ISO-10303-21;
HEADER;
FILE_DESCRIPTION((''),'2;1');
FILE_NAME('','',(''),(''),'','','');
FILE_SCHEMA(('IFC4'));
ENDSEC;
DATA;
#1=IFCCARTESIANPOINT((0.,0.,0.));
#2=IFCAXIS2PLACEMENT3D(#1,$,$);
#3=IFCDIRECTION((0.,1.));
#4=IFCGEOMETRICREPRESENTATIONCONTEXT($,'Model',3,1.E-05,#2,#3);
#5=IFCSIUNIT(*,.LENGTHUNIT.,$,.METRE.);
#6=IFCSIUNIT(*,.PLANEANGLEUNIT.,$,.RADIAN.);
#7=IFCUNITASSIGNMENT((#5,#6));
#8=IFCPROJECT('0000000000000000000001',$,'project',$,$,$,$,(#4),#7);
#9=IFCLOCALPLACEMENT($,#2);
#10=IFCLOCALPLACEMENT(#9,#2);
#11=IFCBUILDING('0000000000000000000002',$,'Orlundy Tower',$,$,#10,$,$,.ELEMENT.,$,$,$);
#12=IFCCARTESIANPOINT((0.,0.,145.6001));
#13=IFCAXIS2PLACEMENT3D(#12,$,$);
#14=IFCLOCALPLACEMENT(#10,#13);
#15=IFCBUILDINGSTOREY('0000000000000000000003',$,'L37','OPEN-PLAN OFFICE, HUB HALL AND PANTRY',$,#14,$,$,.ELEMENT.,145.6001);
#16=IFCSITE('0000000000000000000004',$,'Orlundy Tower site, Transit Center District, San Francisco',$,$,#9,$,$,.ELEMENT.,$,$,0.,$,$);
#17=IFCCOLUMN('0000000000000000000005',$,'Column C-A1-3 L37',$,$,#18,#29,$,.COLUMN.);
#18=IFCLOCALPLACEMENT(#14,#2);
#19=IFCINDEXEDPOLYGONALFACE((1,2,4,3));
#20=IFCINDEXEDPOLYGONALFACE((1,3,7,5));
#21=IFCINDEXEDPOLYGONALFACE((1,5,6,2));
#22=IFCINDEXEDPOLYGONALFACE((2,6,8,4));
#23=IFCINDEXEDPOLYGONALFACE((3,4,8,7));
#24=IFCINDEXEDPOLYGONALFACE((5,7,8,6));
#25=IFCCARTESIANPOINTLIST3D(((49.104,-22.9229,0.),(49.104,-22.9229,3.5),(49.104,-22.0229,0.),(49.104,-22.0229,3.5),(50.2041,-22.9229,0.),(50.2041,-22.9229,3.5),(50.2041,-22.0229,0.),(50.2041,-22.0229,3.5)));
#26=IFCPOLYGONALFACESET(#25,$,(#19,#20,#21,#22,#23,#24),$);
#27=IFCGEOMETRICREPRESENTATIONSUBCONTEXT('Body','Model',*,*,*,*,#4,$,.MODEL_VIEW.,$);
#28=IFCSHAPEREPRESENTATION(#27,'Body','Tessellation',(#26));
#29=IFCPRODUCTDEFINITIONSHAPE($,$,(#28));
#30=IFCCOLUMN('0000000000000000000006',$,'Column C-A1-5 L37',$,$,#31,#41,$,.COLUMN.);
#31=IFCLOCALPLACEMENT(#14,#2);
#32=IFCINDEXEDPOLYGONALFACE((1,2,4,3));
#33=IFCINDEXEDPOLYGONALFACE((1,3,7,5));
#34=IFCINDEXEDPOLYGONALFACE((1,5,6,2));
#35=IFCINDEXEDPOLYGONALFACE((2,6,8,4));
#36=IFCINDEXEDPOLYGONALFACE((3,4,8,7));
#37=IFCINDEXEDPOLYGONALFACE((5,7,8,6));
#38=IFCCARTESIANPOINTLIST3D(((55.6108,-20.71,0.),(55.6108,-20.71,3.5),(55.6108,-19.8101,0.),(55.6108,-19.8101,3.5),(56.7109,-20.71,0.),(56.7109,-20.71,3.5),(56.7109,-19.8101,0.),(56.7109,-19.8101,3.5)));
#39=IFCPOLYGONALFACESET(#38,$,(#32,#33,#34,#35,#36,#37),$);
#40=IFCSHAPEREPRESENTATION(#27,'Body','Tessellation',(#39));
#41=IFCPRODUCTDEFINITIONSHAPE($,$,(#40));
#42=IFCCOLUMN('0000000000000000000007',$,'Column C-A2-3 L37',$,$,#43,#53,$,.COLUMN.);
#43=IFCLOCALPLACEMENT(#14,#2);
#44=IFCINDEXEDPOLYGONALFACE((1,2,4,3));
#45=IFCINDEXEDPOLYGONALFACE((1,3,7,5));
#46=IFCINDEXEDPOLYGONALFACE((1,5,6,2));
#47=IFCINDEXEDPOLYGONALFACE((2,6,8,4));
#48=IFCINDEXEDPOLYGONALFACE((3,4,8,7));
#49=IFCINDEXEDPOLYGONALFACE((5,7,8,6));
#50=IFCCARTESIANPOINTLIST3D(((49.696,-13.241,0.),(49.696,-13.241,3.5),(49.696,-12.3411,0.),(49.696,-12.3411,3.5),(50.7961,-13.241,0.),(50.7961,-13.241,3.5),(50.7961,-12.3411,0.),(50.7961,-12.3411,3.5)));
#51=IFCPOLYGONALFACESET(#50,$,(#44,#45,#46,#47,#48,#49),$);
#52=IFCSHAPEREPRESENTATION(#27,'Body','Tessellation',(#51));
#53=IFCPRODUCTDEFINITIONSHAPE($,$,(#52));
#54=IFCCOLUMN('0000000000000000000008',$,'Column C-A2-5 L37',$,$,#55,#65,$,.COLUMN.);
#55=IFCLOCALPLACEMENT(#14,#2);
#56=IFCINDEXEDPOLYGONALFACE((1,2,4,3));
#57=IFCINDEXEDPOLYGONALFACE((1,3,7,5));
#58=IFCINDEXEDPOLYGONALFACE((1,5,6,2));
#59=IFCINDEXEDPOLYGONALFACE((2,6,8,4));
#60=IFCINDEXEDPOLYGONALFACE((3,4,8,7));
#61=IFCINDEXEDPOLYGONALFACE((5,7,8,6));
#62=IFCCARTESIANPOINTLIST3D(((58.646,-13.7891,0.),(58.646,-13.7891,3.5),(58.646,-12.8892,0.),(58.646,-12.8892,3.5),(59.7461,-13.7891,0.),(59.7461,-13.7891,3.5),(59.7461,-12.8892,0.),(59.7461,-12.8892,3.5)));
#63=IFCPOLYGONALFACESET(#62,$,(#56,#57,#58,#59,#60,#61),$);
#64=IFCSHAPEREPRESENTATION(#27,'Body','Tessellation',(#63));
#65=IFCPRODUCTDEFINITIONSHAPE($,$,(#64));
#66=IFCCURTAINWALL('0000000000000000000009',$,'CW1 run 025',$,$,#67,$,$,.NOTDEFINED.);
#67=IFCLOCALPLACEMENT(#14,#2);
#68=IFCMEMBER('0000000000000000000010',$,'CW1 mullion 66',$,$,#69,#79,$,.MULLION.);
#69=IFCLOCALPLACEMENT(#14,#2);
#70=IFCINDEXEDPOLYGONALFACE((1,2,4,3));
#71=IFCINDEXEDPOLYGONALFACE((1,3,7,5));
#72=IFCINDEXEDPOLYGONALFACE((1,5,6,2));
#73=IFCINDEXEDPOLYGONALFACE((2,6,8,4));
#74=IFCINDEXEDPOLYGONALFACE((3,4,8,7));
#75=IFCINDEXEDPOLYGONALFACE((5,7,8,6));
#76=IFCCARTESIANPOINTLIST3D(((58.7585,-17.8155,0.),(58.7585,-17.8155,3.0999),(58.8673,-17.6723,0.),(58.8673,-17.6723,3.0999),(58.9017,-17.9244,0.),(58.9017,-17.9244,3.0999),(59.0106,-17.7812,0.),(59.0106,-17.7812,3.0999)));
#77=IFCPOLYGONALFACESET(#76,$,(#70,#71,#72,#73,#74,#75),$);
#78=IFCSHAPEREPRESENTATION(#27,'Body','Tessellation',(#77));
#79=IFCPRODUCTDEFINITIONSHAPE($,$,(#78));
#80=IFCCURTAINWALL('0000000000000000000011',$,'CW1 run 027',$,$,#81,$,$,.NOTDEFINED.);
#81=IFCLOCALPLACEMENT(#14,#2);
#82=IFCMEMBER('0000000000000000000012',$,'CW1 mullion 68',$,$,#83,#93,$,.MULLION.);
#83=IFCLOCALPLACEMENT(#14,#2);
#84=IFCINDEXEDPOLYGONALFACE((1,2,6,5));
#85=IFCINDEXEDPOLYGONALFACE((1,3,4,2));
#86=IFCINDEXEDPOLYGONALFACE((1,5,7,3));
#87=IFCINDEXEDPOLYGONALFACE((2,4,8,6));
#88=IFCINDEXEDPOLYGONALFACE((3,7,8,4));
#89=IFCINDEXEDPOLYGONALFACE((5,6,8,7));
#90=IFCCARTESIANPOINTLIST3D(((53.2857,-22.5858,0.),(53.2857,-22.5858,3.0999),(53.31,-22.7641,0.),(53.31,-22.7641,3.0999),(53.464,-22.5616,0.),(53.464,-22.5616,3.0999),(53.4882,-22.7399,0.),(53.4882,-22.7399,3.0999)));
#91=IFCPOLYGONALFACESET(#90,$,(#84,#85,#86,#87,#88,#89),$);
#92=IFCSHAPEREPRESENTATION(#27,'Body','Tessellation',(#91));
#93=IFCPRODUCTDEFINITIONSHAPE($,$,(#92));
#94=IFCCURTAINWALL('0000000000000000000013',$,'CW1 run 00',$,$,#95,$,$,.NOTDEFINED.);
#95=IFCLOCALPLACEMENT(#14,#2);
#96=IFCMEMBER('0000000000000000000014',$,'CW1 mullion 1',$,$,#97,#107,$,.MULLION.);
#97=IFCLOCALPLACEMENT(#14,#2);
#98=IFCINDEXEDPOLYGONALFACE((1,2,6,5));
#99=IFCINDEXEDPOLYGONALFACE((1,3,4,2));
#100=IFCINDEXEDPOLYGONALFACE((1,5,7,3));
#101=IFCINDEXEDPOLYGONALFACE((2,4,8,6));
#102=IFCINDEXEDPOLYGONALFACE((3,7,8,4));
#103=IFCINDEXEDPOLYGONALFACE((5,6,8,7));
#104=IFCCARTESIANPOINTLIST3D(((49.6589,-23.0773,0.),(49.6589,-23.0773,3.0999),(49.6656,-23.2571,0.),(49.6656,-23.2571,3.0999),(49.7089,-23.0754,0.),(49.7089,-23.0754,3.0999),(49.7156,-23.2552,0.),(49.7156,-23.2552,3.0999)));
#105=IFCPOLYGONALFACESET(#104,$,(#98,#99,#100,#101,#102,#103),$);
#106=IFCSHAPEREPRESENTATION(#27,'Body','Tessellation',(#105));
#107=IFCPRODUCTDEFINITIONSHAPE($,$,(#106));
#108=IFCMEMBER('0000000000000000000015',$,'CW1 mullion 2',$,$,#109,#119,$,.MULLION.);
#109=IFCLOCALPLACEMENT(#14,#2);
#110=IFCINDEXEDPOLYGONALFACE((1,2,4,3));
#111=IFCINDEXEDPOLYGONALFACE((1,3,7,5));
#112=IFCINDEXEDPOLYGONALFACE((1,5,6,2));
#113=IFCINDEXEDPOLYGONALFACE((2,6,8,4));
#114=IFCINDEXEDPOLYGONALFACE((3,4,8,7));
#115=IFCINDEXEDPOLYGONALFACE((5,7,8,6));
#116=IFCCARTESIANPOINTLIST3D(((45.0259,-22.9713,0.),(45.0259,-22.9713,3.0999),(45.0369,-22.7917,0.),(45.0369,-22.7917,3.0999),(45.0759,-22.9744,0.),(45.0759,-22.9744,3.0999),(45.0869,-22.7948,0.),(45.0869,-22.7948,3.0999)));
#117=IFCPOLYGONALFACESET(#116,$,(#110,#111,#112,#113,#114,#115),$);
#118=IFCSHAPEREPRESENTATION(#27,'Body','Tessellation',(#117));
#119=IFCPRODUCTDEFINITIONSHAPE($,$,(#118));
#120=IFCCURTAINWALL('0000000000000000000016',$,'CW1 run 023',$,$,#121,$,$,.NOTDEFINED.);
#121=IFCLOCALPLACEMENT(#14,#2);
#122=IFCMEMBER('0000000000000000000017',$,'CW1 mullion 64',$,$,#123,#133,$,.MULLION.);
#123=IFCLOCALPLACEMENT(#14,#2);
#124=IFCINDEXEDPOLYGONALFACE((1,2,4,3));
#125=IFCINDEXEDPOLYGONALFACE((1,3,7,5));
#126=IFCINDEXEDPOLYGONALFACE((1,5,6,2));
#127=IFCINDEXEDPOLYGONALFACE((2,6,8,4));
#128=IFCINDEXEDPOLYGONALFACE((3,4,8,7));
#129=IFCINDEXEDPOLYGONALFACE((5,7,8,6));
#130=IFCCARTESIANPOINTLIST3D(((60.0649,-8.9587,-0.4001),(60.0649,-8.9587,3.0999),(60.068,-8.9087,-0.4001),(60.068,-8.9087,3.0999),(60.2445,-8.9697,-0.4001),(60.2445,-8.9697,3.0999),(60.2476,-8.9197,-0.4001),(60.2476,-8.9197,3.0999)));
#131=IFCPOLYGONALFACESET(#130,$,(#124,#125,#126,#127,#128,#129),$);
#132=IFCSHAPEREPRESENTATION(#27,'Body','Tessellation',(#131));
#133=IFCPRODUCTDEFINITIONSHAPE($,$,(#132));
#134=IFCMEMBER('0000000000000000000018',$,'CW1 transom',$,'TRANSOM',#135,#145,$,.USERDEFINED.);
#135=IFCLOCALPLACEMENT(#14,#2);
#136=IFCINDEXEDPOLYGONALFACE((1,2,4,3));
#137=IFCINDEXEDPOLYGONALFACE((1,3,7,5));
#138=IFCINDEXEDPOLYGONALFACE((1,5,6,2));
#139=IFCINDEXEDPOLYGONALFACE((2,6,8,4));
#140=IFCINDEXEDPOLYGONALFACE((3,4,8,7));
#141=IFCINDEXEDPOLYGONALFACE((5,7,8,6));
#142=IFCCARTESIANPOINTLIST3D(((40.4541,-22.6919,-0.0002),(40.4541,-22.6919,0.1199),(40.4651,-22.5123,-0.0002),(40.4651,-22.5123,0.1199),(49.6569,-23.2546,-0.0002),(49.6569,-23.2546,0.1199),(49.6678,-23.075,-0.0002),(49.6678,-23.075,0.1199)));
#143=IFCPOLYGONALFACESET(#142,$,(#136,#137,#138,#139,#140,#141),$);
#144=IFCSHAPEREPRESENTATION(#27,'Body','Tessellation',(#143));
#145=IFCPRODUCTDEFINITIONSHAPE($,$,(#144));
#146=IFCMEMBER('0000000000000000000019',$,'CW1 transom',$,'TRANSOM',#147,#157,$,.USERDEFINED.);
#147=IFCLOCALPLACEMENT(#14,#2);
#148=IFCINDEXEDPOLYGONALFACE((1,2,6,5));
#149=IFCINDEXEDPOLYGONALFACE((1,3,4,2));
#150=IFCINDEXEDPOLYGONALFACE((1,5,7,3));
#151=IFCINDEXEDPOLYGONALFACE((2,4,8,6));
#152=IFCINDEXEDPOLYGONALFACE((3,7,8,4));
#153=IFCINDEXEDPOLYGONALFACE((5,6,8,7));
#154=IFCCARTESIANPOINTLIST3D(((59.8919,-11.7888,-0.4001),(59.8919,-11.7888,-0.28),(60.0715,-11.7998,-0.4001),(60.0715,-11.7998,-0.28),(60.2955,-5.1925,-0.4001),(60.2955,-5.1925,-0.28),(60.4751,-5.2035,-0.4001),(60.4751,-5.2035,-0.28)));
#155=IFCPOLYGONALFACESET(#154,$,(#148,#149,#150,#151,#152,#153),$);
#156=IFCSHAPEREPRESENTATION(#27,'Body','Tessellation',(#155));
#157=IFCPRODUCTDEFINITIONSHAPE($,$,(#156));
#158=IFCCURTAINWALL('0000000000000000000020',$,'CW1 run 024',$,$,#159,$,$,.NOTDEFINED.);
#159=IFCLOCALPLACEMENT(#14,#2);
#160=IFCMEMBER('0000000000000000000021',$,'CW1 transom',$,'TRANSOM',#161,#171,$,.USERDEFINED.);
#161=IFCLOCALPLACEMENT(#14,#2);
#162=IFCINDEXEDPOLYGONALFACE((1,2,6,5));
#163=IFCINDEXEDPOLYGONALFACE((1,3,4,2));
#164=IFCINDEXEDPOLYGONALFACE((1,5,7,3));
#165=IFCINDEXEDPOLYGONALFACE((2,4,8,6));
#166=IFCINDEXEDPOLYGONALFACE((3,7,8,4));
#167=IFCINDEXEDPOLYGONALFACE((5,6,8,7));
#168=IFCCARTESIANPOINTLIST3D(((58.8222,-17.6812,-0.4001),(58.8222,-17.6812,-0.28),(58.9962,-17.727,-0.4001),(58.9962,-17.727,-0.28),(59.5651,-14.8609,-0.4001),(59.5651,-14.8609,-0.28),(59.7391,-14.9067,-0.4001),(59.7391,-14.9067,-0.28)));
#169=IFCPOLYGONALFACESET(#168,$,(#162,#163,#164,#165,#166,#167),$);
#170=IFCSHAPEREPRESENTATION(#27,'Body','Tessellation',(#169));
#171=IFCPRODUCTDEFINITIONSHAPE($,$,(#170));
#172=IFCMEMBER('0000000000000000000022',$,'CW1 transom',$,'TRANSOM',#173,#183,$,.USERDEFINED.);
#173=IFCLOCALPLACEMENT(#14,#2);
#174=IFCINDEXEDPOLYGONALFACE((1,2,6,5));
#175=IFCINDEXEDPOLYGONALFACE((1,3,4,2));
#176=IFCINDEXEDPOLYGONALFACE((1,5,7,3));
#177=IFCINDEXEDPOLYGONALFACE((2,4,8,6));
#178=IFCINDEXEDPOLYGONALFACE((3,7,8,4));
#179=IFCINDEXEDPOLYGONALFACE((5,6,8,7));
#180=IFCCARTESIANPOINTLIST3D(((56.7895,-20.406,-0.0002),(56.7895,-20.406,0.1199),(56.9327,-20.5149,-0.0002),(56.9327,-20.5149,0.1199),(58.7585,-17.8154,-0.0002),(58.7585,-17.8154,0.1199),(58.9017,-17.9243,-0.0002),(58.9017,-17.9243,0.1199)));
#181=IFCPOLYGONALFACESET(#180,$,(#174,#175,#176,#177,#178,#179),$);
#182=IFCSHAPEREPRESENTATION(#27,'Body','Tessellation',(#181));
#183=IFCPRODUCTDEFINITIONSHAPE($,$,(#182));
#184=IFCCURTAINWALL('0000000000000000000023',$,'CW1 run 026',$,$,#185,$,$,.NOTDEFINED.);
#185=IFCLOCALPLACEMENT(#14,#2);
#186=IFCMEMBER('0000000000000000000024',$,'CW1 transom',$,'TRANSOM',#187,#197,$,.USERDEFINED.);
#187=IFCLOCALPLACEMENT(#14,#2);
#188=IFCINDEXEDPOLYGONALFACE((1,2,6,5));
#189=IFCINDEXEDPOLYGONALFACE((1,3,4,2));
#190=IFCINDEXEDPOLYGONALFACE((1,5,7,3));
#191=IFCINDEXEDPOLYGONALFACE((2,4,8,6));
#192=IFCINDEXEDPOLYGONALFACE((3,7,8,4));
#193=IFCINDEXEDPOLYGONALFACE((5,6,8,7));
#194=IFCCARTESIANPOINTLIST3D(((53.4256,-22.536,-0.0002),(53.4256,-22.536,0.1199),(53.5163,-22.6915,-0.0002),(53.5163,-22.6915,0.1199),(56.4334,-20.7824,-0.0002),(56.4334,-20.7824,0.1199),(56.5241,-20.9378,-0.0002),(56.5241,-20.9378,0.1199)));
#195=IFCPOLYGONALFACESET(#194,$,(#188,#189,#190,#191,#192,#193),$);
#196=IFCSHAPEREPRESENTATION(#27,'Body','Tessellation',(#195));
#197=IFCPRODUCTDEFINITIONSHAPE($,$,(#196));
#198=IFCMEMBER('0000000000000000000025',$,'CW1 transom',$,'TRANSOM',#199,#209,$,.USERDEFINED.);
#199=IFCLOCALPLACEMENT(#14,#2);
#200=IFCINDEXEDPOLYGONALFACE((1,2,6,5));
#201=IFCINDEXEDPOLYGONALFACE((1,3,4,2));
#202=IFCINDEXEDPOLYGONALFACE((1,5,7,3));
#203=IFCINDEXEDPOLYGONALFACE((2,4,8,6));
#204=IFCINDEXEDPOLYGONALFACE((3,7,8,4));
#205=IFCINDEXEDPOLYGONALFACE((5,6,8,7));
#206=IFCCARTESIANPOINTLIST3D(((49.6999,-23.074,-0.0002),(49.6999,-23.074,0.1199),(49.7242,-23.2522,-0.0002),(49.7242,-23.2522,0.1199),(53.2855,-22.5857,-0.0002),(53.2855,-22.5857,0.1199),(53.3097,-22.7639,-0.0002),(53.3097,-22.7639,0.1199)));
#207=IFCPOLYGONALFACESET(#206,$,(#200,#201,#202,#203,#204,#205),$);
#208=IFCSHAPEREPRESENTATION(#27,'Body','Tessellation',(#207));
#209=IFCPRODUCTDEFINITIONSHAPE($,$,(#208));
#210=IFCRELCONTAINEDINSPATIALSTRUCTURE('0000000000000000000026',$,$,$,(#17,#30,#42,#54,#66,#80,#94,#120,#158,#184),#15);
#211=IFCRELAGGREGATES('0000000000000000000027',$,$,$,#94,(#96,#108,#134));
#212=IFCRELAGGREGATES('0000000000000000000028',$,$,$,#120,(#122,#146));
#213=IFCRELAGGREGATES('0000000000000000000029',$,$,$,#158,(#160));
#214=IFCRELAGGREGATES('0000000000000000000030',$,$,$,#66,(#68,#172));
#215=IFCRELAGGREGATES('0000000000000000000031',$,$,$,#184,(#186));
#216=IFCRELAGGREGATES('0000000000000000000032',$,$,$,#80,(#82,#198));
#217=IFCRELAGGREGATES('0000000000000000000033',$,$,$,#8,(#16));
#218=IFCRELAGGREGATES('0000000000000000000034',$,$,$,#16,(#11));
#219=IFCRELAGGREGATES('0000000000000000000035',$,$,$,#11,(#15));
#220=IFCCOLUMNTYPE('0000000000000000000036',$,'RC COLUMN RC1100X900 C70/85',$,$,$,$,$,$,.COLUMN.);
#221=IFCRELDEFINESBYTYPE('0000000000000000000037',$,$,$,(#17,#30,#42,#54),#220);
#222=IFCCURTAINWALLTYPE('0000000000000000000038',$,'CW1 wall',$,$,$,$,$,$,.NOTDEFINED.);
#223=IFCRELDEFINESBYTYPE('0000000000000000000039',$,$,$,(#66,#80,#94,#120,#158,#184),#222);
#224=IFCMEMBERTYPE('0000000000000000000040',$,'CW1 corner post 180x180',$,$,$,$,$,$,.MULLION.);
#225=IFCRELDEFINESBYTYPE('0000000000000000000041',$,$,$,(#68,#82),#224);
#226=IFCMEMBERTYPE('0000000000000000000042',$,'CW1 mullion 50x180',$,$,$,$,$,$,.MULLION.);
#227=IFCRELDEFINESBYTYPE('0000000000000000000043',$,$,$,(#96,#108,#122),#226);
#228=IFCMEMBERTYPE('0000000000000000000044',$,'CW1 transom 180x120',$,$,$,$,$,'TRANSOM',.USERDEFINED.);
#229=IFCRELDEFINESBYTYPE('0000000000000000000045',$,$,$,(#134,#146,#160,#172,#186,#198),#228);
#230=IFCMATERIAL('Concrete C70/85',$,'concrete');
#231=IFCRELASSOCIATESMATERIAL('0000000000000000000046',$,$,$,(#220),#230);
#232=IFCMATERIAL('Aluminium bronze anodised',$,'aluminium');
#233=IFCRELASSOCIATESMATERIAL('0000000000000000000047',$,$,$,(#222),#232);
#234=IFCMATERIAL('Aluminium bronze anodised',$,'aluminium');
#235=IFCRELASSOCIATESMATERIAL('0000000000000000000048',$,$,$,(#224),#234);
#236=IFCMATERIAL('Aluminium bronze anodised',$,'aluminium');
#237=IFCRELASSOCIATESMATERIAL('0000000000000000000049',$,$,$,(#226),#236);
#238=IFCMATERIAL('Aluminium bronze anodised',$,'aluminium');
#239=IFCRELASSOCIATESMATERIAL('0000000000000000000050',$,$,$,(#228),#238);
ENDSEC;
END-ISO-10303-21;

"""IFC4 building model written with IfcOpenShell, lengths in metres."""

from ifc_helpers import new_model, si_unit, direction, frame, origin, origin_2d, place, context, subcontext, project, spatial, rectangle, extrude, material, material_profile, profile_set, type_object, element, aggregate, save


model = new_model("IFC4")

# Units and contexts
model_context = context("Model", 3, precision=1e-05, world=origin(), true_north=direction((0.0, 1.0)))
body_context = subcontext(model_context, "Body", "Model", "MODEL_VIEW")
ifc_project = project(units=[si_unit("LENGTHUNIT", "METRE"), si_unit("PLANEANGLEUNIT", "RADIAN")], contexts=[model_context])

# Site, building, storey
site_placement = place(None, origin())
site = spatial("IfcSite", under=ifc_project, at=site_placement, Name="Orlundy Tower site, Transit Center District, San Francisco", CompositionType="ELEMENT", RefElevation=0.0)
building_placement = place(site_placement, origin())
building = spatial("IfcBuilding", under=site, at=building_placement, Name="Orlundy Tower", CompositionType="ELEMENT")
storey_placement = place(building_placement, frame((0.0, 0.0, 145.6001)))
storey = spatial("IfcBuildingStorey", under=building, at=storey_placement, Name="L37", Description="OPEN-PLAN OFFICE, HUB HALL AND PANTRY", CompositionType="ELEMENT", Elevation=145.6001)

# Columns
ifc_material_1 = material(Name="Concrete C70/85", Category="concrete")
ifc_material_profile_1 = material_profile(ifc_material_1, rectangle(XDim=1.1001, YDim=0.8999, at=origin_2d()), Name="RC1100X900")
ifc_profile_set_1 = profile_set([ifc_material_profile_1], Name="Concrete C70/85")
column_type = type_object("IfcColumnType", Name="RC COLUMN RC1100X900 C70/85", PredefinedType="COLUMN", material=ifc_profile_set_1)
for number, where, z_axis, x_axis, name in (
    (1, (49.6541, -22.4729, 0.0), (0.0, 0.0, 1.0), (1.0, 0.0, 0.0), "Column C-A1-3 L37"),
    (2, (56.1609, -20.26, 0.0), (0.0, 0.0, 1.0), (1.0, 0.0, 0.0), "Column C-A1-5 L37"),
    (3, (50.2461, -12.791, 0.0), (0.0, 0.0, 1.0), (1.0, 0.0, 0.0), "Column C-A2-3 L37"),
    (4, (59.196, -13.3391, 0.0), (0.0, 0.0, 1.0), (1.0, 0.0, 0.0), "Column C-A2-5 L37"),
):
    element("IfcColumn", number, at=place(storey_placement, frame(where, z_axis=z_axis, x_axis=x_axis)), inside=storey, type_object=column_type, Name=name, PredefinedType="COLUMN", context=body_context, shape_type="SweptSolid", body=[
        extrude(rectangle(XDim=1.1001, YDim=0.8999, at=origin_2d()), origin(), (0.0, 0.0, 1.0), 3.5),
    ])

# Curtain walls, members
ifc_material_2 = material(Name="Aluminium bronze anodised", Category="aluminium")
curtain_wall_type = type_object("IfcCurtainWallType", Name="CW1 wall", PredefinedType="NOTDEFINED", material=ifc_material_2)
curtain_wall_1_placement = place(storey_placement, origin())
curtain_wall_1 = element("IfcCurtainWall", 5, at=curtain_wall_1_placement, inside=storey, type_object=curtain_wall_type, Name="CW1 run 025", PredefinedType="NOTDEFINED")
ifc_material_3 = material(Name="Aluminium bronze anodised", Category="aluminium")
ifc_material_profile_2 = material_profile(ifc_material_3, rectangle(XDim=0.1799, YDim=0.1799, at=origin_2d()), Name="CW1 corner post 180x180")
ifc_profile_set_2 = profile_set([ifc_material_profile_2], Name="Aluminium bronze anodised")
member_type_1 = type_object("IfcMemberType", Name="CW1 corner post 180x180", PredefinedType="MULLION", material=ifc_profile_set_2)
member_1_placement = place(storey_placement, frame((58.8845, -17.7983, 0.0), z_axis=(0.0, 0.0, 1.0), x_axis=(0.796131, -0.605124, 0.0)))
member_1 = element("IfcMember", 6, at=member_1_placement, type_object=member_type_1, Name="CW1 mullion 66", PredefinedType="MULLION", context=body_context, shape_type="SweptSolid", body=[
    extrude(rectangle(XDim=0.1799, YDim=0.1799, at=origin_2d()), origin(), (0.0, 0.0, 1.0), 3.0999),
])
curtain_wall_2_placement = place(storey_placement, origin())
curtain_wall_2 = element("IfcCurtainWall", 7, at=curtain_wall_2_placement, inside=storey, type_object=curtain_wall_type, Name="CW1 run 027", PredefinedType="NOTDEFINED")
member_2_placement = place(storey_placement, frame((53.387, -22.6628, 0.0), z_axis=(0.0, 0.0, 1.0), x_axis=(0.134884, -0.990861, 0.0)))
member_2 = element("IfcMember", 8, at=member_2_placement, type_object=member_type_1, Name="CW1 mullion 68", PredefinedType="MULLION", context=body_context, shape_type="SweptSolid", body=[
    extrude(rectangle(XDim=0.1799, YDim=0.1799, at=origin_2d()), origin(), (0.0, 0.0, 1.0), 3.0999),
])

# Curtain wall, members
curtain_wall_3_placement = place(storey_placement, origin())
curtain_wall_3 = element("IfcCurtainWall", 9, at=curtain_wall_3_placement, inside=storey, type_object=curtain_wall_type, Name="CW1 run 00", PredefinedType="NOTDEFINED")
ifc_material_4 = material(Name="Aluminium bronze anodised", Category="aluminium")
ifc_material_profile_3 = material_profile(ifc_material_4, rectangle(XDim=0.1799, YDim=0.05, at=origin_2d()), Name="CW1 mullion 50x180")
ifc_profile_set_3 = profile_set([ifc_material_profile_3], Name="Aluminium bronze anodised")
member_type_2 = type_object("IfcMemberType", Name="CW1 mullion 50x180", PredefinedType="MULLION", material=ifc_profile_set_3)
member_3_placement = place(storey_placement, frame((49.6873, -23.1663, 0.0), z_axis=(0.0, 0.0, 1.0), x_axis=(0.0371, -0.999312, 0.0)))
member_3 = element("IfcMember", 10, at=member_3_placement, type_object=member_type_2, Name="CW1 mullion 1", PredefinedType="MULLION", context=body_context, shape_type="SweptSolid", body=[
    extrude(rectangle(XDim=0.1799, YDim=0.05, at=origin_2d()), origin(), (0.0, 0.0, 1.0), 3.0999),
])
member_4_placement = place(storey_placement, frame((45.0564, -22.8831, 0.0), z_axis=(0.0, 0.0, 1.0), x_axis=(-0.061043, -0.998135, 0.0)))
member_4 = element("IfcMember", 11, at=member_4_placement, type_object=member_type_2, Name="CW1 mullion 2", PredefinedType="MULLION", context=body_context, shape_type="SweptSolid", body=[
    extrude(rectangle(XDim=0.1799, YDim=0.05, at=origin_2d()), origin(), (0.0, 0.0, 1.0), 3.0999),
])

# Curtain wall, member
curtain_wall_4_placement = place(storey_placement, origin())
curtain_wall_4 = element("IfcCurtainWall", 12, at=curtain_wall_4_placement, inside=storey, type_object=curtain_wall_type, Name="CW1 run 023", PredefinedType="NOTDEFINED")
member_5_placement = place(storey_placement, frame((60.1562, -8.9392, -0.4001), z_axis=(0.0, 0.0, 1.0), x_axis=(0.998135, -0.061047, 0.0)))
member_5 = element("IfcMember", 13, at=member_5_placement, type_object=member_type_2, Name="CW1 mullion 64", PredefinedType="MULLION", context=body_context, shape_type="SweptSolid", body=[
    extrude(rectangle(XDim=0.1799, YDim=0.05, at=origin_2d()), origin(), (0.0, 0.0, 1.0), 3.5),
])

# Members
ifc_material_5 = material(Name="Aluminium bronze anodised", Category="aluminium")
ifc_material_profile_4 = material_profile(ifc_material_5, rectangle(XDim=0.1799, YDim=0.1201, at=origin_2d()), Name="CW1 transom 180x120")
ifc_profile_set_4 = profile_set([ifc_material_profile_4], Name="Aluminium bronze anodised")
member_type_3 = type_object("IfcMemberType", Name="CW1 transom 180x120", ElementType="TRANSOM", PredefinedType="USERDEFINED", material=ifc_profile_set_4)
member_6_placement = place(storey_placement, frame((49.6624, -23.1648, 0.0598), z_axis=(-0.998136, 0.061035, 0.0), x_axis=(-0.061035, -0.998136, 0.0)))
member_6 = element("IfcMember", 14, at=member_6_placement, type_object=member_type_3, Name="CW1 transom", ObjectType="TRANSOM", PredefinedType="USERDEFINED", context=body_context, shape_type="SweptSolid", body=[
    extrude(rectangle(XDim=0.1799, YDim=0.1201, at=origin_2d()), origin(), (0.0, 0.0, 1.0), 9.22),
])
member_7_placement = place(storey_placement, frame((60.3853, -5.198, -0.3401), z_axis=(-0.061067, -0.998134, 0.0), x_axis=(0.998134, -0.061067, 0.0)))
member_7 = element("IfcMember", 15, at=member_7_placement, type_object=member_type_3, Name="CW1 transom", ObjectType="TRANSOM", PredefinedType="USERDEFINED", context=body_context, shape_type="SweptSolid", body=[
    extrude(rectangle(XDim=0.1799, YDim=0.1201, at=origin_2d()), origin(), (0.0, 0.0, 1.0), 6.6086),
])

# Curtain wall, member
curtain_wall_5_placement = place(storey_placement, origin())
curtain_wall_5 = element("IfcCurtainWall", 16, at=curtain_wall_5_placement, inside=storey, type_object=curtain_wall_type, Name="CW1 run 024", PredefinedType="NOTDEFINED")
member_8_placement = place(storey_placement, frame((59.6521, -14.8838, -0.3401), z_axis=(-0.254728, -0.967013, 0.0), x_axis=(0.967013, -0.254728, 0.0)))
member_8 = element("IfcMember", 17, at=member_8_placement, type_object=member_type_3, Name="CW1 transom", ObjectType="TRANSOM", PredefinedType="USERDEFINED", context=body_context, shape_type="SweptSolid", body=[
    extrude(rectangle(XDim=0.1799, YDim=0.1201, at=origin_2d()), origin(), (0.0, 0.0, 1.0), 2.9165),
])

# Member
member_9_placement = place(storey_placement, frame((58.8301, -17.8699, 0.0598), z_axis=(-0.605114, -0.796139, 0.0), x_axis=(0.796139, -0.605114, 0.0)))
member_9 = element("IfcMember", 18, at=member_9_placement, type_object=member_type_3, Name="CW1 transom", ObjectType="TRANSOM", PredefinedType="USERDEFINED", context=body_context, shape_type="SweptSolid", body=[
    extrude(rectangle(XDim=0.1799, YDim=0.1201, at=origin_2d()), origin(), (0.0, 0.0, 1.0), 3.2539),
])

# Curtain wall, member
curtain_wall_6_placement = place(storey_placement, origin())
curtain_wall_6 = element("IfcCurtainWall", 19, at=curtain_wall_6_placement, inside=storey, type_object=curtain_wall_type, Name="CW1 run 026", PredefinedType="NOTDEFINED")
member_10_placement = place(storey_placement, frame((56.4788, -20.8601, 0.0598), z_axis=(-0.863891, -0.503679, 0.0), x_axis=(0.503679, -0.863891, 0.0)))
member_10 = element("IfcMember", 20, at=member_10_placement, type_object=member_type_3, Name="CW1 transom", ObjectType="TRANSOM", PredefinedType="USERDEFINED", context=body_context, shape_type="SweptSolid", body=[
    extrude(rectangle(XDim=0.1799, YDim=0.1201, at=origin_2d()), origin(), (0.0, 0.0, 1.0), 3.4817),
])

# Member
member_11_placement = place(storey_placement, frame((53.2976, -22.6748, 0.0598), z_axis=(-0.990854, -0.134939, 0.0), x_axis=(0.134939, -0.990854, 0.0)))
member_11 = element("IfcMember", 21, at=member_11_placement, type_object=member_type_3, Name="CW1 transom", ObjectType="TRANSOM", PredefinedType="USERDEFINED", context=body_context, shape_type="SweptSolid", body=[
    extrude(rectangle(XDim=0.1799, YDim=0.1201, at=origin_2d()), origin(), (0.0, 0.0, 1.0), 3.6187),
])

aggregate(curtain_wall_3, [member_3, member_4, member_6])
aggregate(curtain_wall_4, [member_5, member_7])
aggregate(curtain_wall_5, [member_8])
aggregate(curtain_wall_1, [member_1, member_9])
aggregate(curtain_wall_6, [member_10])
aggregate(curtain_wall_2, [member_2, member_11])

save(model, "model.ifc")
